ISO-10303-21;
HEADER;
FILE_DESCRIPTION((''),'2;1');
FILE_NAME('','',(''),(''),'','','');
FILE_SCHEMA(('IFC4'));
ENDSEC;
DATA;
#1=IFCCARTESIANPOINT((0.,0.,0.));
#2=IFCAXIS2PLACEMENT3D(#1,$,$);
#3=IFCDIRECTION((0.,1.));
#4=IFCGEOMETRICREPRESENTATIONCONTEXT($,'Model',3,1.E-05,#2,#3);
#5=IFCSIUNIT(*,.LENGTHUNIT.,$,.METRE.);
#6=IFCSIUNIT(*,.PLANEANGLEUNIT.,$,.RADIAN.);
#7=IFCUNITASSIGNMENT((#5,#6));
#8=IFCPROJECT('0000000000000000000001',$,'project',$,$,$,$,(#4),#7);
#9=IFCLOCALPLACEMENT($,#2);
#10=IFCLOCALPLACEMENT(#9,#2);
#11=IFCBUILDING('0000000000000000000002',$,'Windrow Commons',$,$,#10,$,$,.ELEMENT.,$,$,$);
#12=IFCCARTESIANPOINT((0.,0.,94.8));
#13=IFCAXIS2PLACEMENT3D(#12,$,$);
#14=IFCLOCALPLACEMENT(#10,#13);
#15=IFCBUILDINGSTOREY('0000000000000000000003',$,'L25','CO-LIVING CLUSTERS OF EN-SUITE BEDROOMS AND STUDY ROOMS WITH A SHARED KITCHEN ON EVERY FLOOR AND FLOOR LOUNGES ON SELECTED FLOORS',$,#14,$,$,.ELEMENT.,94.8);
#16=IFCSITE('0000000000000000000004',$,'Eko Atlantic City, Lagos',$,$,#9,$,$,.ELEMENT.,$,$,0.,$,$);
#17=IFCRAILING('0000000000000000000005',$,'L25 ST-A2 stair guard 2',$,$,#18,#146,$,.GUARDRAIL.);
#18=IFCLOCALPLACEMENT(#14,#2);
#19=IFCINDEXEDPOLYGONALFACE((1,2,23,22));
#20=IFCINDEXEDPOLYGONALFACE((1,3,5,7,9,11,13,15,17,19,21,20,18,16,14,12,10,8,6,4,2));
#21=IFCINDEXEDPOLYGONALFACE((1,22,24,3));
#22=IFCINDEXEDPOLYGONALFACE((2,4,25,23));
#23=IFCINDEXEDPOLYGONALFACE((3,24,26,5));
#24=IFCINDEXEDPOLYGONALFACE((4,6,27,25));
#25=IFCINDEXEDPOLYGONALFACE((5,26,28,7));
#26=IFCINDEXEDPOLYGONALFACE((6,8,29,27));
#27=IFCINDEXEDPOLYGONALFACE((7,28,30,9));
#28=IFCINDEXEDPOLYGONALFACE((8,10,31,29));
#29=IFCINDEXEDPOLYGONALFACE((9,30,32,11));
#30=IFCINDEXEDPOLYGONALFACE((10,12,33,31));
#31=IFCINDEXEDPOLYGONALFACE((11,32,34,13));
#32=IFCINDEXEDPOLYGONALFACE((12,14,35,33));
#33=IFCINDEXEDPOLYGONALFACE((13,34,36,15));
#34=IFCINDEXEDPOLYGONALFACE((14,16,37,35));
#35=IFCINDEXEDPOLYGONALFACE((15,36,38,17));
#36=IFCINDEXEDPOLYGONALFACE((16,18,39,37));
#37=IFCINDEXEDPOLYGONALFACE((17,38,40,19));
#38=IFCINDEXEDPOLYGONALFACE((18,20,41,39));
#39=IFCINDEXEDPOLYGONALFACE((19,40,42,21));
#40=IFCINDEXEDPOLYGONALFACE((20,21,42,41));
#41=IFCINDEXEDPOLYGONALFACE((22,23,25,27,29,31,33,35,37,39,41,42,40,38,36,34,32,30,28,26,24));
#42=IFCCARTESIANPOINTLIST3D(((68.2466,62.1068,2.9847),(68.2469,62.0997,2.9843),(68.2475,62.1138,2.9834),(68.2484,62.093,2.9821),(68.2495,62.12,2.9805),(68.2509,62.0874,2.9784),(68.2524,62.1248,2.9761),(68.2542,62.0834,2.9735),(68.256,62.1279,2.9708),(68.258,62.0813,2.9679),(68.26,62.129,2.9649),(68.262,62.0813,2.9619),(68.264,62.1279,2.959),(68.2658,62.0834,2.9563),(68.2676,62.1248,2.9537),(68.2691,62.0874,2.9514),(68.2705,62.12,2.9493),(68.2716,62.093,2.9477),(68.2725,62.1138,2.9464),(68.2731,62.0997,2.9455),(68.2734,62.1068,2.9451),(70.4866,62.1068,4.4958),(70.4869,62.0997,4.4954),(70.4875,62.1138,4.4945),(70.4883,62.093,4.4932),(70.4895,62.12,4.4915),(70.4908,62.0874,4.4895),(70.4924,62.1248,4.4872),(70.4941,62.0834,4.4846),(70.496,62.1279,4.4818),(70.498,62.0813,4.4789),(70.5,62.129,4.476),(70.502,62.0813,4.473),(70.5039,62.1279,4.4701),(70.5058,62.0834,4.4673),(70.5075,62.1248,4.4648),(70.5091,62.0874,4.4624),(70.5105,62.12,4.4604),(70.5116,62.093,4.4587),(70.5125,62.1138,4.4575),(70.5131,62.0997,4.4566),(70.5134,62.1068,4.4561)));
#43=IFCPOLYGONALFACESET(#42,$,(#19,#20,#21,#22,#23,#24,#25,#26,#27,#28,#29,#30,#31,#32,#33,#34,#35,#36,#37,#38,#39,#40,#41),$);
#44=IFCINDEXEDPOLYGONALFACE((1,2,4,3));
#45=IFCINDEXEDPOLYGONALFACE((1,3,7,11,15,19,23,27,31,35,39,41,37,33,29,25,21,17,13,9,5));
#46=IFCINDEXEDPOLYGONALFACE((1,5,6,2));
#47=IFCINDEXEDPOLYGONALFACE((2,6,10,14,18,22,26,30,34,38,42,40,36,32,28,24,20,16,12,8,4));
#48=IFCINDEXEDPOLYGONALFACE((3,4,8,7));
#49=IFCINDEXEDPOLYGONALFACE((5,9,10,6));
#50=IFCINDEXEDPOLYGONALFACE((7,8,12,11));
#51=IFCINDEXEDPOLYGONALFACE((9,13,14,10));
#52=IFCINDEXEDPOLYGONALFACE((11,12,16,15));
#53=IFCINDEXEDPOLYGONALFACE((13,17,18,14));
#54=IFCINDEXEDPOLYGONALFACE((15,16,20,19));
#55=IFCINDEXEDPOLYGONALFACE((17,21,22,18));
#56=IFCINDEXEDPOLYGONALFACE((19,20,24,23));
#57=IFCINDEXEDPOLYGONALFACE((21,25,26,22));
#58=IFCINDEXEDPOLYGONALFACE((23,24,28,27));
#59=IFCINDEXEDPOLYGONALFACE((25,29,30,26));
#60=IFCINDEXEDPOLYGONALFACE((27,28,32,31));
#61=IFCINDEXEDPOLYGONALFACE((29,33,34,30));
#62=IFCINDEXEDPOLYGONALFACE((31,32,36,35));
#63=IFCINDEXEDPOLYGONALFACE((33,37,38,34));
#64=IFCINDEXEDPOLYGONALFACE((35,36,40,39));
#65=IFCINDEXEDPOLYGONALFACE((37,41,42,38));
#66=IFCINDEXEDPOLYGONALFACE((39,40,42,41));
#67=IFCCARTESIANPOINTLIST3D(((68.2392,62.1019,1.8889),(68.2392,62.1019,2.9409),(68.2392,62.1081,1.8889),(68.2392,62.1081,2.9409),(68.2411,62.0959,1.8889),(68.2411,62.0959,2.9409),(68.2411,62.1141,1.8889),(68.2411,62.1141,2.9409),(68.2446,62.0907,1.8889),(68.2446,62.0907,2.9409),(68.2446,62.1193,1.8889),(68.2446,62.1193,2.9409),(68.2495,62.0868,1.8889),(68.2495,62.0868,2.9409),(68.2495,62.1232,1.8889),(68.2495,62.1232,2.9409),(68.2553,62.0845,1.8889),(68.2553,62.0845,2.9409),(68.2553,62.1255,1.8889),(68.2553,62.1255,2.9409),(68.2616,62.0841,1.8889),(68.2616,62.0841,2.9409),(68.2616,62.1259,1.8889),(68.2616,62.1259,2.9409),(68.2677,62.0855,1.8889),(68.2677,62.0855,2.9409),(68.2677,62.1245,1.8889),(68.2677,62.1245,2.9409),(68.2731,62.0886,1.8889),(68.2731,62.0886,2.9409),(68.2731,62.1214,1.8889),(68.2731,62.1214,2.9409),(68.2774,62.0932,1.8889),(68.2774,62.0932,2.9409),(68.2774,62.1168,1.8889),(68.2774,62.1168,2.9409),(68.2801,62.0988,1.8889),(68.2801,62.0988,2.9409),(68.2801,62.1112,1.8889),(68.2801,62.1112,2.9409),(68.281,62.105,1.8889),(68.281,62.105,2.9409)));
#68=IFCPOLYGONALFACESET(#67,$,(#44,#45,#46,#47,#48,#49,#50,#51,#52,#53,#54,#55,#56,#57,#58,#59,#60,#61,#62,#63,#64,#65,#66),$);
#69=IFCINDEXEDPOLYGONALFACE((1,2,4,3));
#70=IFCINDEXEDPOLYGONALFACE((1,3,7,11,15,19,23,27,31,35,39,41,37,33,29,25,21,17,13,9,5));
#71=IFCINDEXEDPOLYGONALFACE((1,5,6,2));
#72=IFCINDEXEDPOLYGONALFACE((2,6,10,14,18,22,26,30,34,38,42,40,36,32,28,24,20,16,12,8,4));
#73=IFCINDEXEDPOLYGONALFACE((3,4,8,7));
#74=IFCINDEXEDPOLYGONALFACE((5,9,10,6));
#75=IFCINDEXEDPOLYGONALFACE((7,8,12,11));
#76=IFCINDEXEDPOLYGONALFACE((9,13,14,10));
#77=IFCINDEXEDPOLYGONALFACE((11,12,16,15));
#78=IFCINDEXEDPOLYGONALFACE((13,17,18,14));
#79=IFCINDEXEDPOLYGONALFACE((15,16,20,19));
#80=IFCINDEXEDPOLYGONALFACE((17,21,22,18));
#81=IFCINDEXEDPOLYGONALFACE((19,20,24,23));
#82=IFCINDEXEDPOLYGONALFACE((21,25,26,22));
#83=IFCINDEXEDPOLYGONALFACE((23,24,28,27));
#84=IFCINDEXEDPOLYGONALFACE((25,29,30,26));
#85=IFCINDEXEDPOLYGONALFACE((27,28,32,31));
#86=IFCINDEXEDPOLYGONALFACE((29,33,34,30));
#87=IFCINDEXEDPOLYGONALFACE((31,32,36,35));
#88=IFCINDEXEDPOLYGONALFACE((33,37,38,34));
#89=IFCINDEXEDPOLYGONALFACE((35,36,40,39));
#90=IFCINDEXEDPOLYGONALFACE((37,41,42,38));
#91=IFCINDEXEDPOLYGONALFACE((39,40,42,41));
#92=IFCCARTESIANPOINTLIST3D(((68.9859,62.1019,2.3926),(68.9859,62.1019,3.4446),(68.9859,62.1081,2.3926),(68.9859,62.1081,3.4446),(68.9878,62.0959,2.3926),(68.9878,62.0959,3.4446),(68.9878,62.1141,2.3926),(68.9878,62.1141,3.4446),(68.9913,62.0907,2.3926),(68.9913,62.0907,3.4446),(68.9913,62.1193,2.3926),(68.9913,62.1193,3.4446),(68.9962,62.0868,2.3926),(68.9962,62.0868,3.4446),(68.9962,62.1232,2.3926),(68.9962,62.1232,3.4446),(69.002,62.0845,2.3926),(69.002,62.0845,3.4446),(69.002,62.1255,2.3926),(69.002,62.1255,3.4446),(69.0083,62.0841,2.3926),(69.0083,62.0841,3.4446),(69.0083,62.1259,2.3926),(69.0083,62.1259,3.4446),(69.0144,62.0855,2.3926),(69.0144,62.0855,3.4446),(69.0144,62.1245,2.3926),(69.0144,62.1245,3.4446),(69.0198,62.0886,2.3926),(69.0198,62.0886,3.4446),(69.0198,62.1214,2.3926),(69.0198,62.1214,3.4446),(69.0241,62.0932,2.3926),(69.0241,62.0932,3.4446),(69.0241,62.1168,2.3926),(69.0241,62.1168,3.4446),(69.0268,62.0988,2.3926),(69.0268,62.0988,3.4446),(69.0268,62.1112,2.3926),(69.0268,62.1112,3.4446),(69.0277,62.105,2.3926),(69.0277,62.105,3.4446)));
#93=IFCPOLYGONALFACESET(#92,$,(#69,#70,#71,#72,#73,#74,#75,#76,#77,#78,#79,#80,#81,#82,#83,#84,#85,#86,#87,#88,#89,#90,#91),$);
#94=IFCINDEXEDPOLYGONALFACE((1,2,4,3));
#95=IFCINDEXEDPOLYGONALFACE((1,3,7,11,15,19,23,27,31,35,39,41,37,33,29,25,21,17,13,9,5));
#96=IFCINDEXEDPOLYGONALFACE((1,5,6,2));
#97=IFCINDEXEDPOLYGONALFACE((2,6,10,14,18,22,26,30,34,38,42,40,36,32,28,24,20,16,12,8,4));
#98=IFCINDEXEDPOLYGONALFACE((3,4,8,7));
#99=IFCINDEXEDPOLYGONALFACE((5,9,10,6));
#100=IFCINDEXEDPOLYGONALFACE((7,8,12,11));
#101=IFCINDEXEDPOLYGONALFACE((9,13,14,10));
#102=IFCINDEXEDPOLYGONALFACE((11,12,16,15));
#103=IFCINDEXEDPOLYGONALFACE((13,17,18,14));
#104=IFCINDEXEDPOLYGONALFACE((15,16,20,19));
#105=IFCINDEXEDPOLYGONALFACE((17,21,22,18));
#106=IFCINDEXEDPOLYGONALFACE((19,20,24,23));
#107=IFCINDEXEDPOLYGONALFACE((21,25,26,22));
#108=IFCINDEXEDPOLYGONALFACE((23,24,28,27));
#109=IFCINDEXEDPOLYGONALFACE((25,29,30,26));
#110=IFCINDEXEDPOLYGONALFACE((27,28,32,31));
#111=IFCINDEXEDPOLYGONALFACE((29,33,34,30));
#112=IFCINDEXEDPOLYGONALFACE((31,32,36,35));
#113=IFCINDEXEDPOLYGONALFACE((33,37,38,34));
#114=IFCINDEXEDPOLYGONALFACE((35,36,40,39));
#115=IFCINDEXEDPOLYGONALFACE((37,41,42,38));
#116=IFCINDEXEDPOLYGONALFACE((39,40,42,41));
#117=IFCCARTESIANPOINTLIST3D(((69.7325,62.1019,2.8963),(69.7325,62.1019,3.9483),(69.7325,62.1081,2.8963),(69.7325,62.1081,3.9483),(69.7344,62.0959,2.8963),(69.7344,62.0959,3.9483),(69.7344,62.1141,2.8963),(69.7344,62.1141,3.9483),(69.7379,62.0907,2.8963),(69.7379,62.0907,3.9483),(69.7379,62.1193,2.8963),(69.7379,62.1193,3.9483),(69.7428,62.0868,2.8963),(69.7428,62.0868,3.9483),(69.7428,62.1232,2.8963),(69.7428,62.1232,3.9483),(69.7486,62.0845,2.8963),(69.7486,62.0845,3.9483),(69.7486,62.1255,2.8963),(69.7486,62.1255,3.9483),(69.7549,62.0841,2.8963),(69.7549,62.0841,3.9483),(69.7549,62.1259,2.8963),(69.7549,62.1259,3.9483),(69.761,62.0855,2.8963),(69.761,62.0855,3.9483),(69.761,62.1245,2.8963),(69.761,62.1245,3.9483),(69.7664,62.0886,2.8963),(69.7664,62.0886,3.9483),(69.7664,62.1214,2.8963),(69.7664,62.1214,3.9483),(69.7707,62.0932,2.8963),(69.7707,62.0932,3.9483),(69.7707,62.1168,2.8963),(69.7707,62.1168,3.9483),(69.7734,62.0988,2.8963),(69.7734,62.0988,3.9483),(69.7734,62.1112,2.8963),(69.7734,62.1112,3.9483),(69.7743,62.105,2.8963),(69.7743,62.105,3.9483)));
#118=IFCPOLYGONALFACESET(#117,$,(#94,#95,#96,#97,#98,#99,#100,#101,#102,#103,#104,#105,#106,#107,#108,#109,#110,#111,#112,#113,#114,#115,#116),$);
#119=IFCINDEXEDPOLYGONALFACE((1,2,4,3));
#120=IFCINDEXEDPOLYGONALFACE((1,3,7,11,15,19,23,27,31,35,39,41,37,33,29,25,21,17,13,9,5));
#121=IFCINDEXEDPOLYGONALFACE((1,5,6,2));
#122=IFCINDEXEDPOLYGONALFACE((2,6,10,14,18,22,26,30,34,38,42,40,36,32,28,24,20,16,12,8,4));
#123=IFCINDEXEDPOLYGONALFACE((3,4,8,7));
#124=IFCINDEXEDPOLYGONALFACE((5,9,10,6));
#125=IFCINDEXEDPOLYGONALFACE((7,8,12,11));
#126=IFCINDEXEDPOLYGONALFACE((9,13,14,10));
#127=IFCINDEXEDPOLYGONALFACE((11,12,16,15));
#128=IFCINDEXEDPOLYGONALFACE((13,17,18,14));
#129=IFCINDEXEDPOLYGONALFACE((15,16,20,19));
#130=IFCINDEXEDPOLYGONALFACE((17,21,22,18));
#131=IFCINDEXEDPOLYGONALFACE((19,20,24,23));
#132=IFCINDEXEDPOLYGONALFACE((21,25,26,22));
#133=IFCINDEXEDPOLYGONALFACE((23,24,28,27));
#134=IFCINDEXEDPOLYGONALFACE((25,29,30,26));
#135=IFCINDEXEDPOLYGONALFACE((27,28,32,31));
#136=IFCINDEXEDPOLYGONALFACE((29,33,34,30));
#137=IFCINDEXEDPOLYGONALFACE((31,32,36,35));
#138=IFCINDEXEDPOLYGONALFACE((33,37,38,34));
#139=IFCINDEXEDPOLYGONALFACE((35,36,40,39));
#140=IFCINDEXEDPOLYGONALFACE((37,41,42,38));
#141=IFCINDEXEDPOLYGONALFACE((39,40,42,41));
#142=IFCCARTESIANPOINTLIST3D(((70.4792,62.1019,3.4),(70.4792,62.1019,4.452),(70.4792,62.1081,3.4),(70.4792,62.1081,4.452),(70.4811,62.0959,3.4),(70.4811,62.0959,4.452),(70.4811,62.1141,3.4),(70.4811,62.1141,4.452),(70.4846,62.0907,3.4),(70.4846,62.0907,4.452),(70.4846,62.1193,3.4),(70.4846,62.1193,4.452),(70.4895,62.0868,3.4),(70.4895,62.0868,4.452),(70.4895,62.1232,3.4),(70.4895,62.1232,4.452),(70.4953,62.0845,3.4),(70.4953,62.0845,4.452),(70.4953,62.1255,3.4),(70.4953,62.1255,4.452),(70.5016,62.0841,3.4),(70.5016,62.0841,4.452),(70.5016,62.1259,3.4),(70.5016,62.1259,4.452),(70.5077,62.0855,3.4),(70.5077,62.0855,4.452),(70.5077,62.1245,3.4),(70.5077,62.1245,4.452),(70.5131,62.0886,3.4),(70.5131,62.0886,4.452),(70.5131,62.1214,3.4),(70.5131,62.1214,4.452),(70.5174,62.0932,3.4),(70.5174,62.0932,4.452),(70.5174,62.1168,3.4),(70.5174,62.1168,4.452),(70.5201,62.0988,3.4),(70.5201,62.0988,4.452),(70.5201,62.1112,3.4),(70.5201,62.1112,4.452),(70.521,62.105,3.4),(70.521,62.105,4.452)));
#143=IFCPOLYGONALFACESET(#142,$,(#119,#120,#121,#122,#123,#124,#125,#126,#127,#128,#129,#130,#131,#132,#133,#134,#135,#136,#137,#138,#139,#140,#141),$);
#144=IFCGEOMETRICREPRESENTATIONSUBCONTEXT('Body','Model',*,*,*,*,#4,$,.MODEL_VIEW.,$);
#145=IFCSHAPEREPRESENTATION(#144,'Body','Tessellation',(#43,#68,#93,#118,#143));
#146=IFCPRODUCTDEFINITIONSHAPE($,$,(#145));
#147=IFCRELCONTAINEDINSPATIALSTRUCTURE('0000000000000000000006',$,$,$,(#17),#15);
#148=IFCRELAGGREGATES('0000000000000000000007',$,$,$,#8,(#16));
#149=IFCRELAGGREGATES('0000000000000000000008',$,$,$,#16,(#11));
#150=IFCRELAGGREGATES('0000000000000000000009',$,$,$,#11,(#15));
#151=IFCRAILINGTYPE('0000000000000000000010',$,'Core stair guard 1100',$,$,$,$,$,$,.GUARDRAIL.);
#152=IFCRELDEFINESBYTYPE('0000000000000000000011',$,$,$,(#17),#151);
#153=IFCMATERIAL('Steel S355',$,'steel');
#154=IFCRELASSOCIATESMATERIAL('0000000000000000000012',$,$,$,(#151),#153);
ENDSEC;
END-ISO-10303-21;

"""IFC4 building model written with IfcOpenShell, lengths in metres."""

from ifc_helpers import new_model, si_unit, direction, frame, origin, origin_2d, place, context, subcontext, project, spatial, circle, extrude, material, type_object, element, save


model = new_model("IFC4")

# Units and contexts
model_context = context("Model", 3, precision=1e-05, world=origin(), true_north=direction((0.0, 1.0)))
body_context = subcontext(model_context, "Body", "Model", "MODEL_VIEW")
ifc_project = project(units=[si_unit("LENGTHUNIT", "METRE"), si_unit("PLANEANGLEUNIT", "RADIAN")], contexts=[model_context])

# Site, building, storey
site_placement = place(None, origin())
site = spatial("IfcSite", under=ifc_project, at=site_placement, Name="Eko Atlantic City, Lagos", CompositionType="ELEMENT", RefElevation=0.0)
building_placement = place(site_placement, origin())
building = spatial("IfcBuilding", under=site, at=building_placement, Name="Windrow Commons", CompositionType="ELEMENT")
storey_placement = place(building_placement, frame((0.0, 0.0, 94.8)))
storey = spatial("IfcBuildingStorey", under=building, at=storey_placement, Name="L25", Description="CO-LIVING CLUSTERS OF EN-SUITE BEDROOMS AND STUDY ROOMS WITH A SHARED KITCHEN ON EVERY FLOOR AND FLOOR LOUNGES ON SELECTED FLOORS", CompositionType="ELEMENT", Elevation=94.8)

# Railing
ifc_material_1 = material(Name="Steel S355", Category="steel")
railing_type_1 = type_object("IfcRailingType", Name="Core stair guard 1100", PredefinedType="GUARDRAIL", material=ifc_material_1)
railing_1_placement = place(storey_placement, frame((68.26, 62.105, 1.8889)))
element("IfcRailing", 1, at=railing_1_placement, inside=storey, type_object=railing_type_1, Name="L25 ST-A2 stair guard 2", PredefinedType="GUARDRAIL", context=body_context, shape_type="SweptSolid", body=[
    extrude(circle(Radius=0.024, at=origin_2d()), frame((0.0, 0.0, 1.076), z_axis=(0.829003, 0.0, 0.559244), x_axis=(0.0, 1.0, 0.0)), (0.0, 0.0, 1.0), 2.702),
    extrude(circle(Radius=0.021, at=origin_2d()), origin(), (0.0, 0.0, 1.0), 1.052),
    extrude(circle(Radius=0.021, at=origin_2d()), frame((0.7467, 0.0, 0.5037)), (0.0, 0.0, 1.0), 1.052),
    extrude(circle(Radius=0.021, at=origin_2d()), frame((1.4933, 0.0, 1.0074)), (0.0, 0.0, 1.0), 1.052),
    extrude(circle(Radius=0.021, at=origin_2d()), frame((2.24, 0.0, 1.5111)), (0.0, 0.0, 1.0), 1.052),
])

save(model, "model.ifc")
